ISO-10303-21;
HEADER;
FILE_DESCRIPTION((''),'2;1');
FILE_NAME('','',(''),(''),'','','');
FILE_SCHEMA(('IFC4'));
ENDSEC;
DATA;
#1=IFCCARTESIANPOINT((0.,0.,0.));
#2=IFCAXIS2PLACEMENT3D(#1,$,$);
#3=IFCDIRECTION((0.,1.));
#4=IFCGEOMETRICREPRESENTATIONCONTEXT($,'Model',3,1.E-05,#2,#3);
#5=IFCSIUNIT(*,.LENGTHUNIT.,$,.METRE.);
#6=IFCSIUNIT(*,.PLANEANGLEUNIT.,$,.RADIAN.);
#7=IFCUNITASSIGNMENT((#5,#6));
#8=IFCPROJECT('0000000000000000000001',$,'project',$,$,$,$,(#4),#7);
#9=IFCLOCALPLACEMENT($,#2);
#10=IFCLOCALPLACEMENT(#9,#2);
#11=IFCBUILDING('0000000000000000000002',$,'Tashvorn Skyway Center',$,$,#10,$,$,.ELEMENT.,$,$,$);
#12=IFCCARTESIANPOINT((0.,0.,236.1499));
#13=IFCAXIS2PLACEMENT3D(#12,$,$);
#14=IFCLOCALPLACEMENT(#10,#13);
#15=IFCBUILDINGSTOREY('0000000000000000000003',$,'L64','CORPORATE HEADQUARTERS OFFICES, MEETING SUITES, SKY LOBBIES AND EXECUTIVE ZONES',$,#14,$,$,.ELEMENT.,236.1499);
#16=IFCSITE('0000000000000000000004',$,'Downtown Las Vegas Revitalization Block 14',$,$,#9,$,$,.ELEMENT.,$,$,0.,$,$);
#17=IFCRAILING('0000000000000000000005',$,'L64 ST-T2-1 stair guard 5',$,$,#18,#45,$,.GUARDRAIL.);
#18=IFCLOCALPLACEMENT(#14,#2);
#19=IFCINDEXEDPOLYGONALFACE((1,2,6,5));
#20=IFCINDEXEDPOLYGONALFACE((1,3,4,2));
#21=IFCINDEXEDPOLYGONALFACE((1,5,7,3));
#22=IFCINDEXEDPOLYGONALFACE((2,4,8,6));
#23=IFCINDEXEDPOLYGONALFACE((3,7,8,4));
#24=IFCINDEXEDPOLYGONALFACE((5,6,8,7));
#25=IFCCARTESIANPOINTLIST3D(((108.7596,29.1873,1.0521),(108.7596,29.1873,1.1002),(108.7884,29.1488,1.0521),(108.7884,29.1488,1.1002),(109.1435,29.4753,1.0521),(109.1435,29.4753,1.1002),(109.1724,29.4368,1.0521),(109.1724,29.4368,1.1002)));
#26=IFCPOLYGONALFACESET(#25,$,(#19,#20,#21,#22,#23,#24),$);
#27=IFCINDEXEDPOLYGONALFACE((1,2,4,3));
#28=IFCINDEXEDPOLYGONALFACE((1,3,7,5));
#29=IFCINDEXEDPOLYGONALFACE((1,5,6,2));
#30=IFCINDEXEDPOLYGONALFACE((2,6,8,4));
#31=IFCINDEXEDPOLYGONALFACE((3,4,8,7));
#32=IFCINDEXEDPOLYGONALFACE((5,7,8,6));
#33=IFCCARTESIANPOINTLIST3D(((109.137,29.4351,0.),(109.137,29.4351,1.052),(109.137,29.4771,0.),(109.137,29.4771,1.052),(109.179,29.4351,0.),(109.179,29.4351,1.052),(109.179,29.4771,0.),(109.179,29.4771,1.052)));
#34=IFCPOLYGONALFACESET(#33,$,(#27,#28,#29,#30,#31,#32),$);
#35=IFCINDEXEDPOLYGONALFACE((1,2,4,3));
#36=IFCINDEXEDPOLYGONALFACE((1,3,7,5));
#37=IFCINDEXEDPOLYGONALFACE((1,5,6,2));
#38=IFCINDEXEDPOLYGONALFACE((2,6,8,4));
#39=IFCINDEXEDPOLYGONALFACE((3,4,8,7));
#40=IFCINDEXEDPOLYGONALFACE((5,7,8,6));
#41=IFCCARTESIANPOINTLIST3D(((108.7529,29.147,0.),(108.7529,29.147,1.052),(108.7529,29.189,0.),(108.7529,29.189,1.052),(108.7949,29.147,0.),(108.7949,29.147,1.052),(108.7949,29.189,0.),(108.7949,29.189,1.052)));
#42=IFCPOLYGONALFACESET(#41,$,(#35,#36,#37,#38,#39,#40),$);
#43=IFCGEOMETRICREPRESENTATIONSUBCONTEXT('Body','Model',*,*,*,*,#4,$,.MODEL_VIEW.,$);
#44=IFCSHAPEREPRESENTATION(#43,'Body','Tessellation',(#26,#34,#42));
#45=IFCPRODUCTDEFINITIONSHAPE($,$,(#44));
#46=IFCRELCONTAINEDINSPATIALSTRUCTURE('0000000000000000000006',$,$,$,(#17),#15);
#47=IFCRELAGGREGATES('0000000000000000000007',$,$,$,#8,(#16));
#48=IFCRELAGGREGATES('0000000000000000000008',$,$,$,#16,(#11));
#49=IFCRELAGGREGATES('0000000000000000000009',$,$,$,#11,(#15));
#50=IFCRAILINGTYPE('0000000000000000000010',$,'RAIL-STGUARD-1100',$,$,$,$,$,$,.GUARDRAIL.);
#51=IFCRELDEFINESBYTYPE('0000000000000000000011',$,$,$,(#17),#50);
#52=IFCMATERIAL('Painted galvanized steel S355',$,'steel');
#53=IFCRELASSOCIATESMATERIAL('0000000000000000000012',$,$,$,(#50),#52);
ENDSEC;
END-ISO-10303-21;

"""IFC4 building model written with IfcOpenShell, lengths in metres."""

from ifc_helpers import new_model, si_unit, direction, frame, origin, origin_2d, place, context, subcontext, project, spatial, rectangle, extrude, material, type_object, element, save


model = new_model("IFC4")

# Units and contexts
model_context = context("Model", 3, precision=1e-05, world=origin(), true_north=direction((0.0, 1.0)))
body_context = subcontext(model_context, "Body", "Model", "MODEL_VIEW")
ifc_project = project(units=[si_unit("LENGTHUNIT", "METRE"), si_unit("PLANEANGLEUNIT", "RADIAN")], contexts=[model_context])

# Site, building, storey
site_placement = place(None, origin())
site = spatial("IfcSite", under=ifc_project, at=site_placement, Name="Downtown Las Vegas Revitalization Block 14", CompositionType="ELEMENT", RefElevation=0.0)
building_placement = place(site_placement, origin())
building = spatial("IfcBuilding", under=site, at=building_placement, Name="Tashvorn Skyway Center", CompositionType="ELEMENT")
storey_placement = place(building_placement, frame((0.0, 0.0, 236.1499)))
storey = spatial("IfcBuildingStorey", under=building, at=storey_placement, Name="L64", Description="CORPORATE HEADQUARTERS OFFICES, MEETING SUITES, SKY LOBBIES AND EXECUTIVE ZONES", CompositionType="ELEMENT", Elevation=236.1499)

# Railing
ifc_material_1 = material(Name="Painted galvanized steel S355", Category="steel")
railing_type_1 = type_object("IfcRailingType", Name="RAIL-STGUARD-1100", PredefinedType="GUARDRAIL", material=ifc_material_1)
railing_1_placement = place(storey_placement, frame((109.158, 29.4561, 0.0)))
element("IfcRailing", 1, at=railing_1_placement, inside=storey, type_object=railing_type_1, Name="L64 ST-T2-1 stair guard 5", PredefinedType="GUARDRAIL", context=body_context, shape_type="SweptSolid", body=[
    extrude(rectangle(XDim=0.0481, YDim=0.0481, at=origin_2d()), frame((0.0, 0.0, 1.0762), z_axis=(-0.799939, -0.600081, 0.0), x_axis=(0.600081, -0.799939, 0.0)), (0.0, 0.0, 1.0), 0.48),
    extrude(rectangle(XDim=0.042, YDim=0.042, at=origin_2d()), origin(), (0.0, 0.0, 1.0), 1.052),
    extrude(rectangle(XDim=0.042, YDim=0.042, at=origin_2d()), frame((-0.384, -0.2881, 0.0)), (0.0, 0.0, 1.0), 1.052),
])

save(model, "model.ifc")
